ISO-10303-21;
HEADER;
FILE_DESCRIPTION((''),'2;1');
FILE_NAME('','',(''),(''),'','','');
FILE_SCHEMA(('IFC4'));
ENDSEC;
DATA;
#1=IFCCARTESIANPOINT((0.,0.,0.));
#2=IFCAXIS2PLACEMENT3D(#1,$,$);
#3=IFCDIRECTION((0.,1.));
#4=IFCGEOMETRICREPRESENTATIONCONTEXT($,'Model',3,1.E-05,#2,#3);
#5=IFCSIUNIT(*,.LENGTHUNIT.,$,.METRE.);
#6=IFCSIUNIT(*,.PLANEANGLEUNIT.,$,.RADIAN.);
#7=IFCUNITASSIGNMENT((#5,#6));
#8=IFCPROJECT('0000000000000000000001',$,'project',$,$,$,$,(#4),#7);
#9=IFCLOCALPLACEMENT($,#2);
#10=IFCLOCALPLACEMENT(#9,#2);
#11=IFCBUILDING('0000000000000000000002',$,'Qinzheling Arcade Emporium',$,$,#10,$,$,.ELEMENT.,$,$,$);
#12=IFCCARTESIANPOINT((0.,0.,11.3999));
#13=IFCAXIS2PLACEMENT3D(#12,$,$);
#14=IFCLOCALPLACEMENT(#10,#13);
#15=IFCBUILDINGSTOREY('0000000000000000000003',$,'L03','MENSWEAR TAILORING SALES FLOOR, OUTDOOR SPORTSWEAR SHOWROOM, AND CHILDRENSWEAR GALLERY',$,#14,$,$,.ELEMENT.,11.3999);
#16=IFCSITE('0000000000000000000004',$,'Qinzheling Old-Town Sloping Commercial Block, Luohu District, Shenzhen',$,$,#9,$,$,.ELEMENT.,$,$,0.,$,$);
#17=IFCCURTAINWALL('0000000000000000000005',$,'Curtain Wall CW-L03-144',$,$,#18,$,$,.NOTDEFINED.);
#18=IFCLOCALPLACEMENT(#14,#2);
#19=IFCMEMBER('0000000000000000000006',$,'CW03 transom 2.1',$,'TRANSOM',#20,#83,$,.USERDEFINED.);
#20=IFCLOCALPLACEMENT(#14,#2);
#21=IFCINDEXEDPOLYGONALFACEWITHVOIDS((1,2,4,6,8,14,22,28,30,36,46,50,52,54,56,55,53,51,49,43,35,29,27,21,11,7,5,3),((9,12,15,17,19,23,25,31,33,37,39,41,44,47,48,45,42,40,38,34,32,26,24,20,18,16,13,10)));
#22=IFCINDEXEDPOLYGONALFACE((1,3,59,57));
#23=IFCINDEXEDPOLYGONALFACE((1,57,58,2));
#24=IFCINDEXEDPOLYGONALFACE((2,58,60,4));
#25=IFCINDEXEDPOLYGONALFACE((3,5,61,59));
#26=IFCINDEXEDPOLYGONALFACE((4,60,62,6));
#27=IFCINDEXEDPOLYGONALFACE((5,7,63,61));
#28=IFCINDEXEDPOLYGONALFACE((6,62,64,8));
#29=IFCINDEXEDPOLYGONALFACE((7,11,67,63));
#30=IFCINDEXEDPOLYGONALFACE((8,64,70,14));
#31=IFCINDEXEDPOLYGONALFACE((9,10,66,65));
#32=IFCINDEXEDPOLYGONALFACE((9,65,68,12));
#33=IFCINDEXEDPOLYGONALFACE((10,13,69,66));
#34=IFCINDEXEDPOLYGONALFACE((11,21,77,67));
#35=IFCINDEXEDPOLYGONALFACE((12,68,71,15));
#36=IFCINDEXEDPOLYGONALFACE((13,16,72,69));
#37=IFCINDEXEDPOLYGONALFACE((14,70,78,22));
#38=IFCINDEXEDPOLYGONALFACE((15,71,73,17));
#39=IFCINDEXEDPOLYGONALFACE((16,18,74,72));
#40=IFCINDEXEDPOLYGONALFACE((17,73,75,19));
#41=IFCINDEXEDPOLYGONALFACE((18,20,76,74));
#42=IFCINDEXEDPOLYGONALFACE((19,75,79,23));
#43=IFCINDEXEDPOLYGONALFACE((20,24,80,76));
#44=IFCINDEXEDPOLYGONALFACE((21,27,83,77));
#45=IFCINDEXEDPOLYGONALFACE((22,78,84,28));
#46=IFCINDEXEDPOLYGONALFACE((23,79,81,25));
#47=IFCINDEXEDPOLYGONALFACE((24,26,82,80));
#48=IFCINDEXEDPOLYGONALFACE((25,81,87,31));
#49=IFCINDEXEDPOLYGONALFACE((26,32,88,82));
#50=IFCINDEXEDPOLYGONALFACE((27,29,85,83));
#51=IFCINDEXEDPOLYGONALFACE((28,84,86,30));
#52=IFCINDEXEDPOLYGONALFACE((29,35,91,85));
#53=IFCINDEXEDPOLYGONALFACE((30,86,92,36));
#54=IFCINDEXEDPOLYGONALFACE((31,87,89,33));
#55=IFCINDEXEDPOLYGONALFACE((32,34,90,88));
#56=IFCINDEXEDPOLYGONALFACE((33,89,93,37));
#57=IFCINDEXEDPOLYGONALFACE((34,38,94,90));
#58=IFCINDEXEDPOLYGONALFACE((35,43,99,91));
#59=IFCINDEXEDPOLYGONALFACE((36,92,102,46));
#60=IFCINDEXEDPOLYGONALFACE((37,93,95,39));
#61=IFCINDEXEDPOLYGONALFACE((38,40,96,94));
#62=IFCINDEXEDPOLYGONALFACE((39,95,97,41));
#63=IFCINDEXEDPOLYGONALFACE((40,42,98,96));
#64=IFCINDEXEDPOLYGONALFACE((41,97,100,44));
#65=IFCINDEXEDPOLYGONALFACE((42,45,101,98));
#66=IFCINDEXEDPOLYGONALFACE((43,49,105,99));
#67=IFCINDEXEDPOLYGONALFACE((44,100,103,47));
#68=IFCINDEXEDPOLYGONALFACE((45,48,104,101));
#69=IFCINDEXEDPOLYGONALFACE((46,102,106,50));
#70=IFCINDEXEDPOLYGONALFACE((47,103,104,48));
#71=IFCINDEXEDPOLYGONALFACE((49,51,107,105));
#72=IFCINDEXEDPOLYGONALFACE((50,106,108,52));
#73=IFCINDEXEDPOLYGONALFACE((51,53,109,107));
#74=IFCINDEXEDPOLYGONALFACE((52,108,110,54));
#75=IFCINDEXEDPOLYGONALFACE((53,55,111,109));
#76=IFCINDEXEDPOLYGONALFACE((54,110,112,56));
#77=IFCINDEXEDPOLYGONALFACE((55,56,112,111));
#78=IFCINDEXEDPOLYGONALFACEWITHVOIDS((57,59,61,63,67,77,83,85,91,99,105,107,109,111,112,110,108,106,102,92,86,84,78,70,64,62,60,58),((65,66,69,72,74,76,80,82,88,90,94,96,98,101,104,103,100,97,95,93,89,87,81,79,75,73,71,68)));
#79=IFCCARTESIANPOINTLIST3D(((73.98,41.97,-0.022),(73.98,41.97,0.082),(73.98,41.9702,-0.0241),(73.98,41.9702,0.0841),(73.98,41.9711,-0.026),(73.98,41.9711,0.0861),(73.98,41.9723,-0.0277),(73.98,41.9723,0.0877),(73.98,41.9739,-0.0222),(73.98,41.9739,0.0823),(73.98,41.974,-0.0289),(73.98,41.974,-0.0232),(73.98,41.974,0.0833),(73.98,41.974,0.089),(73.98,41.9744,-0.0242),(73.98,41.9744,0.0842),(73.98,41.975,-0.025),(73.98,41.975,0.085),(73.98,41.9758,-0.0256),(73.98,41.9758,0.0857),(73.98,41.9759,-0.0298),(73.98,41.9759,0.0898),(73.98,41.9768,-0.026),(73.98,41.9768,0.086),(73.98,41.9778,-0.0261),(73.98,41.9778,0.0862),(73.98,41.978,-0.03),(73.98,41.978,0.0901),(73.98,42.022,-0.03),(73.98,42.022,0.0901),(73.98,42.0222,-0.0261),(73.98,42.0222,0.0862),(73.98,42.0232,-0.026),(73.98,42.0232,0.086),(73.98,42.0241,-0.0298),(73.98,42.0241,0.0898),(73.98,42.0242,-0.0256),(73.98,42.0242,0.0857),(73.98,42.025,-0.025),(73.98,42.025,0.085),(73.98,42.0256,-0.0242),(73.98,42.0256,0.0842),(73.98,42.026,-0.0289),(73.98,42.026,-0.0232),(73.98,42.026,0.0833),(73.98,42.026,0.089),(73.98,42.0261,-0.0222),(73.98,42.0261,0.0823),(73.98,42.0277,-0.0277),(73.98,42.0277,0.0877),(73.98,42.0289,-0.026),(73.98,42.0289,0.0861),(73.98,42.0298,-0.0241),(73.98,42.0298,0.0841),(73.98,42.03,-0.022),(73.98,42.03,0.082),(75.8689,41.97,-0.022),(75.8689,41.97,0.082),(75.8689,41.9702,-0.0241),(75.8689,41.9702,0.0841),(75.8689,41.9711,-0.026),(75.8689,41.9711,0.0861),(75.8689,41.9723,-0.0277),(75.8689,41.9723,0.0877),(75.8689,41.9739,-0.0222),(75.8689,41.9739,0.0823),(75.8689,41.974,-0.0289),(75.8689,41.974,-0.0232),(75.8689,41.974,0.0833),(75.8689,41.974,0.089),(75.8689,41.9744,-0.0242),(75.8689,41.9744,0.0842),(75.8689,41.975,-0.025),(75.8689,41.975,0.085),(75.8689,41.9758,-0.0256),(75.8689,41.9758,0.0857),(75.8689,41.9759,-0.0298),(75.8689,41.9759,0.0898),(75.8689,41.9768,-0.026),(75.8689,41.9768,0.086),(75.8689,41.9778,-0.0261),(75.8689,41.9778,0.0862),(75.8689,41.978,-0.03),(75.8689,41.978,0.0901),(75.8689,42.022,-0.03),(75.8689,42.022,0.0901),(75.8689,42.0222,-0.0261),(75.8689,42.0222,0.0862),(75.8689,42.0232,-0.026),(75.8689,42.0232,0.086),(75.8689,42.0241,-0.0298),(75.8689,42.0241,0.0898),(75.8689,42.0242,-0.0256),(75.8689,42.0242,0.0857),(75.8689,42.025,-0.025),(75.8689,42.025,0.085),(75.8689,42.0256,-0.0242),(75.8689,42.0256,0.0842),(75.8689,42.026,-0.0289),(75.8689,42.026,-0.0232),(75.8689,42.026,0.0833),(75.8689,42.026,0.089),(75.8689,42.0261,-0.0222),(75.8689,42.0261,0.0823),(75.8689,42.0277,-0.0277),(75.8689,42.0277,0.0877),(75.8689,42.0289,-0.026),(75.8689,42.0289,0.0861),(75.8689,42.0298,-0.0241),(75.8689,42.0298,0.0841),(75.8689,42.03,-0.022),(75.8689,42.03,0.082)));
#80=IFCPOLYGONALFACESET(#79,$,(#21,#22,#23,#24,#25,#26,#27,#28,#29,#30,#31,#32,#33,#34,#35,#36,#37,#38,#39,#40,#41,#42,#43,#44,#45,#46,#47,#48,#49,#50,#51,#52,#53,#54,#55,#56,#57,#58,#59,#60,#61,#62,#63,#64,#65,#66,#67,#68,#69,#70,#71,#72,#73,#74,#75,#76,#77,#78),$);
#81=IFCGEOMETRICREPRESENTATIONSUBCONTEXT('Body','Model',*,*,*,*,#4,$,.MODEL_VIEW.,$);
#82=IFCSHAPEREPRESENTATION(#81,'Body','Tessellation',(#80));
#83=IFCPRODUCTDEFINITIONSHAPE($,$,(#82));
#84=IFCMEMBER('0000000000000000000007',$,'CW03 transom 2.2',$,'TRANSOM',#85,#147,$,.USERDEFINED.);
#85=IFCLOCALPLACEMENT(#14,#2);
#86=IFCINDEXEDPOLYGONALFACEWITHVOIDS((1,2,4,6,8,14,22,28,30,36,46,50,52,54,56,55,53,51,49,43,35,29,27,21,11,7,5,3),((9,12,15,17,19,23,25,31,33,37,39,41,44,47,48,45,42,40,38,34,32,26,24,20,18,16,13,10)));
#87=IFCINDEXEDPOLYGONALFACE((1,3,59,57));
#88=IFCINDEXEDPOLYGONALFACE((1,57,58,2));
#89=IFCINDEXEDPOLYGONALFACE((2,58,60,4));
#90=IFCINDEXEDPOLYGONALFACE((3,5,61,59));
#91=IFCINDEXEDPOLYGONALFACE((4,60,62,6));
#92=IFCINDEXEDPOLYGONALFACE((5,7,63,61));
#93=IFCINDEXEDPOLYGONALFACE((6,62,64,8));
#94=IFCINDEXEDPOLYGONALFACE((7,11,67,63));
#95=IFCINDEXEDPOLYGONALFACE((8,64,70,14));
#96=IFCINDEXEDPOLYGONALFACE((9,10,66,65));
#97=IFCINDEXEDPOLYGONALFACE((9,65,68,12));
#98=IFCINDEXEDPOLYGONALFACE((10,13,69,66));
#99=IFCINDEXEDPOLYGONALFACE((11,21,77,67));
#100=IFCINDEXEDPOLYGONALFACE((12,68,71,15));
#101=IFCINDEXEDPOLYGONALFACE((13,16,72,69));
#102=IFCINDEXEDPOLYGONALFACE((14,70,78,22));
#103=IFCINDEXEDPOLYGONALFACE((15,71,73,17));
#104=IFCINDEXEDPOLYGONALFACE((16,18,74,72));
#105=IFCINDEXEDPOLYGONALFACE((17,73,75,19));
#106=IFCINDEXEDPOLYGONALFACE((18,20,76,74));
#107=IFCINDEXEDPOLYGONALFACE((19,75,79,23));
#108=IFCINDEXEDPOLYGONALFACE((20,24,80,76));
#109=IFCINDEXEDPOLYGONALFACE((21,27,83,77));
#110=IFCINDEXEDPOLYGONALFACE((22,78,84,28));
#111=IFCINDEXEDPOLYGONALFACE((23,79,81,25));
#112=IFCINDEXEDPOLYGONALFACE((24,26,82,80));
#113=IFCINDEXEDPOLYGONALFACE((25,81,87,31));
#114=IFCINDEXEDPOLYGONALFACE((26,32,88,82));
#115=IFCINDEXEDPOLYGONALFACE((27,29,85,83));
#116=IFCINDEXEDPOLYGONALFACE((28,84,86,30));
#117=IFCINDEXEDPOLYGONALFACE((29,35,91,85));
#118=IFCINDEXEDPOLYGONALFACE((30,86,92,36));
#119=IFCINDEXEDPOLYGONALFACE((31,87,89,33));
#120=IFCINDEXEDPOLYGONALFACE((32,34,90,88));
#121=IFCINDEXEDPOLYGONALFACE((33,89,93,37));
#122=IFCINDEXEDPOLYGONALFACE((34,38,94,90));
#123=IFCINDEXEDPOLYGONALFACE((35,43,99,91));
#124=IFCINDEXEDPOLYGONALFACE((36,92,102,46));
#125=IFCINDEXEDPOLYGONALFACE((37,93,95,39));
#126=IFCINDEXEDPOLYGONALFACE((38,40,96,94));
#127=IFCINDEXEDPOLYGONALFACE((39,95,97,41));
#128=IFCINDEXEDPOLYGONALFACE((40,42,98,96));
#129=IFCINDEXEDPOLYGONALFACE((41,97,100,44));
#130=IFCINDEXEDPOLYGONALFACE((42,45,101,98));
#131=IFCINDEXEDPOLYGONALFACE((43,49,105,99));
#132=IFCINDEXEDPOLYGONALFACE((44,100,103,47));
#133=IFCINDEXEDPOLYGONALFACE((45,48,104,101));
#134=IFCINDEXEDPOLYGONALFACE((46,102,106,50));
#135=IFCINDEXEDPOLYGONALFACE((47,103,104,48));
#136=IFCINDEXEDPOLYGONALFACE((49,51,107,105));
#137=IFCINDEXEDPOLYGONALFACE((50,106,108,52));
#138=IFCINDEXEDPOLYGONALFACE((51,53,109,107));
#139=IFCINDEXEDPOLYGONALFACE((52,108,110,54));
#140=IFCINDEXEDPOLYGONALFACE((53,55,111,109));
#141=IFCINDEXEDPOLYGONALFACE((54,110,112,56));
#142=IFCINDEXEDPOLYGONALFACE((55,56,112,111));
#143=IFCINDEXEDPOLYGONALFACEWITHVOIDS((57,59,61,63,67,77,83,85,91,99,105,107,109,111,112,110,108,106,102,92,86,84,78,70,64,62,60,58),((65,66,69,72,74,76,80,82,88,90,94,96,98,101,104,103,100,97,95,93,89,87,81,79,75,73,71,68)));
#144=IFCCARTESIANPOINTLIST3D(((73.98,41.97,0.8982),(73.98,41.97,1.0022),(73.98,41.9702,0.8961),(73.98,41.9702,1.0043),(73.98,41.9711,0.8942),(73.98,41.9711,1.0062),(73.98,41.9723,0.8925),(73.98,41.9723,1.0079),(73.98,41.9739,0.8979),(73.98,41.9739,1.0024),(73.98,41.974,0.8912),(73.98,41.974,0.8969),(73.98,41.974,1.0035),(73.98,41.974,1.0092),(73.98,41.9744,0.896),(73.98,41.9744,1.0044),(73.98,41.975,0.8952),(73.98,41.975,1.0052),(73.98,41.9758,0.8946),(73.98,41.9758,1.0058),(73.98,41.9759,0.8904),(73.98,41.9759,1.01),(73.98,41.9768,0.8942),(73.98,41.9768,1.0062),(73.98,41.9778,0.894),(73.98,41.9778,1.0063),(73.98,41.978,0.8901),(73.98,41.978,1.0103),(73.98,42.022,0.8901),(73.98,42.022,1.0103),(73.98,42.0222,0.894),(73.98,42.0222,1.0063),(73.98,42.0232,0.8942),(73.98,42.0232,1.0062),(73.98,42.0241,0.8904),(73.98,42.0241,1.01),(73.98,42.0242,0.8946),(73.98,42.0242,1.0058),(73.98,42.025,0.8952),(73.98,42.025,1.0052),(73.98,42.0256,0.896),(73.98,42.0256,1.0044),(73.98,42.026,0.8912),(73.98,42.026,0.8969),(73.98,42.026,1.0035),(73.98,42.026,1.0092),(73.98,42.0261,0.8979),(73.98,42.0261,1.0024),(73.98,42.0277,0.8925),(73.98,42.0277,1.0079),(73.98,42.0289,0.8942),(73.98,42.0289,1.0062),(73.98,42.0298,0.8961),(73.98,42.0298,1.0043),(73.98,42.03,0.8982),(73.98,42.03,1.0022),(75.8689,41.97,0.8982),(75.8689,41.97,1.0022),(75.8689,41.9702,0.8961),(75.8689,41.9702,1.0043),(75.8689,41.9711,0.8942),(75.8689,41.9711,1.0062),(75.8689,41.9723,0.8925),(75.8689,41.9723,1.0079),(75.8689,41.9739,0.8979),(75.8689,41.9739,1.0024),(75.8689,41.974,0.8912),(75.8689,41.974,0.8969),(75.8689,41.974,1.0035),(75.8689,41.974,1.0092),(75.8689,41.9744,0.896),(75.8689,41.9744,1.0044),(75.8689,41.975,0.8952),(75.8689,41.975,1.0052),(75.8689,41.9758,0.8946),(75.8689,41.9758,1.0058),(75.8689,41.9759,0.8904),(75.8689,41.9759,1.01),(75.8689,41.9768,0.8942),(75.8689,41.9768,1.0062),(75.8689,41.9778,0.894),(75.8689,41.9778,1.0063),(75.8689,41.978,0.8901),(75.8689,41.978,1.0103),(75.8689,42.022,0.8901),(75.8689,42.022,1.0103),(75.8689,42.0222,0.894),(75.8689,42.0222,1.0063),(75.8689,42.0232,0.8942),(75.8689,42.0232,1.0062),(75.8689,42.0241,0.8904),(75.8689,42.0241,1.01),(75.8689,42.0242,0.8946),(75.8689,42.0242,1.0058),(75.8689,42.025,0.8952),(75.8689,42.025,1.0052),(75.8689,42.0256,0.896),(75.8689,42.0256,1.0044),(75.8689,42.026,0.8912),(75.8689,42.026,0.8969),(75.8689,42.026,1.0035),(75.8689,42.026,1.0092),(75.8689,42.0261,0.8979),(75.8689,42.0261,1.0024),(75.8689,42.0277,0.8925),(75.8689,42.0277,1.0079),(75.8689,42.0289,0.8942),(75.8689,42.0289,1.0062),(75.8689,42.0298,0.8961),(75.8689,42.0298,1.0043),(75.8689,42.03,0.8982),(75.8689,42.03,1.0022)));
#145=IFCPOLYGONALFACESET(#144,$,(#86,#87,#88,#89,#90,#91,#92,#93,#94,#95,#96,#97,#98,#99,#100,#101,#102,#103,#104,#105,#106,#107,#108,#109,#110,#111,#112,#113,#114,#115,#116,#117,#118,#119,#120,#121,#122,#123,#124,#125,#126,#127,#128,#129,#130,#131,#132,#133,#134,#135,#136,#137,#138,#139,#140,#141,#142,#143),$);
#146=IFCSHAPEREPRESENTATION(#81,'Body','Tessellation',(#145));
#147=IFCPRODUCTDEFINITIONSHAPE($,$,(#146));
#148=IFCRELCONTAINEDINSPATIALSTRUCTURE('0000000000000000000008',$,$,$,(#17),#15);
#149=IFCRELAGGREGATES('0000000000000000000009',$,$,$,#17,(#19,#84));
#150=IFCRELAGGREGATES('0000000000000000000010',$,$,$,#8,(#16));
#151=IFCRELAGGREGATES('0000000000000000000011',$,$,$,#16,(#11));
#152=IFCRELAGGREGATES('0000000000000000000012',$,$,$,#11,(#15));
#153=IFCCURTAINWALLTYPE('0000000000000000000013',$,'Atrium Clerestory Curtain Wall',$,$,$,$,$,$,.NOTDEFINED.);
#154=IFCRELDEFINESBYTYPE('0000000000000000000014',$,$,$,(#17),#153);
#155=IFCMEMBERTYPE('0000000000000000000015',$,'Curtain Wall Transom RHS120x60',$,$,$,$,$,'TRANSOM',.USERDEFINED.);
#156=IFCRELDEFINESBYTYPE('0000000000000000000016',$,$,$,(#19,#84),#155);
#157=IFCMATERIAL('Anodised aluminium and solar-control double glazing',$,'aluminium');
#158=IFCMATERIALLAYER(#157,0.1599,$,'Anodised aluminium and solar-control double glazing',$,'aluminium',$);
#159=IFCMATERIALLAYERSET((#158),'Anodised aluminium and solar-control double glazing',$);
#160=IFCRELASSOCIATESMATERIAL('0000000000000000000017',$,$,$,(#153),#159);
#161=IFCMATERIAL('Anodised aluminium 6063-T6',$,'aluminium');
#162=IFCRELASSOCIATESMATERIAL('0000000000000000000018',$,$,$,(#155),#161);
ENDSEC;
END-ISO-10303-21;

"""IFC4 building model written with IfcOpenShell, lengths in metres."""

from ifc_helpers import new_model, si_unit, direction, frame, origin, origin_2d, place, context, subcontext, project, spatial, hollow_rectangle, extrude, material, layer, layer_set, material_profile, profile_set, type_object, element, aggregate, save


model = new_model("IFC4")

# Units and contexts
model_context = context("Model", 3, precision=1e-05, world=origin(), true_north=direction((0.0, 1.0)))
body_context = subcontext(model_context, "Body", "Model", "MODEL_VIEW")
ifc_project = project(units=[si_unit("LENGTHUNIT", "METRE"), si_unit("PLANEANGLEUNIT", "RADIAN")], contexts=[model_context])

# Site, building, storey
site_placement = place(None, origin())
site = spatial("IfcSite", under=ifc_project, at=site_placement, Name="Qinzheling Old-Town Sloping Commercial Block, Luohu District, Shenzhen", CompositionType="ELEMENT", RefElevation=0.0)
building_placement = place(site_placement, origin())
building = spatial("IfcBuilding", under=site, at=building_placement, Name="Qinzheling Arcade Emporium", CompositionType="ELEMENT")
storey_placement = place(building_placement, frame((0.0, 0.0, 11.3999)))
storey = spatial("IfcBuildingStorey", under=building, at=storey_placement, Name="L03", Description="MENSWEAR TAILORING SALES FLOOR, OUTDOOR SPORTSWEAR SHOWROOM, AND CHILDRENSWEAR GALLERY", CompositionType="ELEMENT", Elevation=11.3999)

# Curtain wall, members
ifc_material_1 = material(Name="Anodised aluminium and solar-control double glazing", Category="aluminium")
ifc_layer_1 = layer(ifc_material_1, 0.1599, Name="Anodised aluminium and solar-control double glazing", Category="aluminium")
ifc_layer_set_1 = layer_set([ifc_layer_1], Name="Anodised aluminium and solar-control double glazing")
curtain_wall_type = type_object("IfcCurtainWallType", Name="Atrium Clerestory Curtain Wall", PredefinedType="NOTDEFINED", material=ifc_layer_set_1)
curtain_wall_placement = place(storey_placement, origin())
curtain_wall = element("IfcCurtainWall", 1, at=curtain_wall_placement, inside=storey, type_object=curtain_wall_type, Name="Curtain Wall CW-L03-144", PredefinedType="NOTDEFINED")
ifc_material_2 = material(Name="Anodised aluminium 6063-T6", Category="aluminium")
ifc_material_profile_1 = material_profile(ifc_material_2, hollow_rectangle(XDim=0.0601, YDim=0.1201, WallThickness=0.0039, InnerFilletRadius=0.0039, OuterFilletRadius=0.0081, at=origin_2d()), Name="RHS 120x60x4", Category="aluminium")
ifc_profile_set_1 = profile_set([ifc_material_profile_1], Name="Anodised aluminium 6063-T6")
member_type_1 = type_object("IfcMemberType", Name="Curtain Wall Transom RHS120x60", ElementType="TRANSOM", PredefinedType="USERDEFINED", material=ifc_profile_set_1)
member_1_placement = place(storey_placement, frame((75.8689, 42.0, 0.03), z_axis=(-1.0, 0.0, 0.0), x_axis=(0.0, -1.0, 0.0)))
member_1 = element("IfcMember", 2, at=member_1_placement, type_object=member_type_1, Name="CW03 transom 2.1", ObjectType="TRANSOM", PredefinedType="USERDEFINED", context=body_context, shape_type="SweptSolid", body=[
    extrude(hollow_rectangle(XDim=0.0601, YDim=0.1201, WallThickness=0.0039, InnerFilletRadius=0.0039, OuterFilletRadius=0.0081, at=origin_2d()), origin(), (0.0, 0.0, 1.0), 1.8889),
])
member_2_placement = place(storey_placement, frame((75.8689, 42.0, 0.9502), z_axis=(-1.0, 0.0, 0.0), x_axis=(0.0, -1.0, 0.0)))
member_2 = element("IfcMember", 3, at=member_2_placement, type_object=member_type_1, Name="CW03 transom 2.2", ObjectType="TRANSOM", PredefinedType="USERDEFINED", context=body_context, shape_type="SweptSolid", body=[
    extrude(hollow_rectangle(XDim=0.0601, YDim=0.1201, WallThickness=0.0039, InnerFilletRadius=0.0039, OuterFilletRadius=0.0081, at=origin_2d()), origin(), (0.0, 0.0, 1.0), 1.8889),
])

aggregate(curtain_wall, [member_1, member_2])

save(model, "model.ifc")
